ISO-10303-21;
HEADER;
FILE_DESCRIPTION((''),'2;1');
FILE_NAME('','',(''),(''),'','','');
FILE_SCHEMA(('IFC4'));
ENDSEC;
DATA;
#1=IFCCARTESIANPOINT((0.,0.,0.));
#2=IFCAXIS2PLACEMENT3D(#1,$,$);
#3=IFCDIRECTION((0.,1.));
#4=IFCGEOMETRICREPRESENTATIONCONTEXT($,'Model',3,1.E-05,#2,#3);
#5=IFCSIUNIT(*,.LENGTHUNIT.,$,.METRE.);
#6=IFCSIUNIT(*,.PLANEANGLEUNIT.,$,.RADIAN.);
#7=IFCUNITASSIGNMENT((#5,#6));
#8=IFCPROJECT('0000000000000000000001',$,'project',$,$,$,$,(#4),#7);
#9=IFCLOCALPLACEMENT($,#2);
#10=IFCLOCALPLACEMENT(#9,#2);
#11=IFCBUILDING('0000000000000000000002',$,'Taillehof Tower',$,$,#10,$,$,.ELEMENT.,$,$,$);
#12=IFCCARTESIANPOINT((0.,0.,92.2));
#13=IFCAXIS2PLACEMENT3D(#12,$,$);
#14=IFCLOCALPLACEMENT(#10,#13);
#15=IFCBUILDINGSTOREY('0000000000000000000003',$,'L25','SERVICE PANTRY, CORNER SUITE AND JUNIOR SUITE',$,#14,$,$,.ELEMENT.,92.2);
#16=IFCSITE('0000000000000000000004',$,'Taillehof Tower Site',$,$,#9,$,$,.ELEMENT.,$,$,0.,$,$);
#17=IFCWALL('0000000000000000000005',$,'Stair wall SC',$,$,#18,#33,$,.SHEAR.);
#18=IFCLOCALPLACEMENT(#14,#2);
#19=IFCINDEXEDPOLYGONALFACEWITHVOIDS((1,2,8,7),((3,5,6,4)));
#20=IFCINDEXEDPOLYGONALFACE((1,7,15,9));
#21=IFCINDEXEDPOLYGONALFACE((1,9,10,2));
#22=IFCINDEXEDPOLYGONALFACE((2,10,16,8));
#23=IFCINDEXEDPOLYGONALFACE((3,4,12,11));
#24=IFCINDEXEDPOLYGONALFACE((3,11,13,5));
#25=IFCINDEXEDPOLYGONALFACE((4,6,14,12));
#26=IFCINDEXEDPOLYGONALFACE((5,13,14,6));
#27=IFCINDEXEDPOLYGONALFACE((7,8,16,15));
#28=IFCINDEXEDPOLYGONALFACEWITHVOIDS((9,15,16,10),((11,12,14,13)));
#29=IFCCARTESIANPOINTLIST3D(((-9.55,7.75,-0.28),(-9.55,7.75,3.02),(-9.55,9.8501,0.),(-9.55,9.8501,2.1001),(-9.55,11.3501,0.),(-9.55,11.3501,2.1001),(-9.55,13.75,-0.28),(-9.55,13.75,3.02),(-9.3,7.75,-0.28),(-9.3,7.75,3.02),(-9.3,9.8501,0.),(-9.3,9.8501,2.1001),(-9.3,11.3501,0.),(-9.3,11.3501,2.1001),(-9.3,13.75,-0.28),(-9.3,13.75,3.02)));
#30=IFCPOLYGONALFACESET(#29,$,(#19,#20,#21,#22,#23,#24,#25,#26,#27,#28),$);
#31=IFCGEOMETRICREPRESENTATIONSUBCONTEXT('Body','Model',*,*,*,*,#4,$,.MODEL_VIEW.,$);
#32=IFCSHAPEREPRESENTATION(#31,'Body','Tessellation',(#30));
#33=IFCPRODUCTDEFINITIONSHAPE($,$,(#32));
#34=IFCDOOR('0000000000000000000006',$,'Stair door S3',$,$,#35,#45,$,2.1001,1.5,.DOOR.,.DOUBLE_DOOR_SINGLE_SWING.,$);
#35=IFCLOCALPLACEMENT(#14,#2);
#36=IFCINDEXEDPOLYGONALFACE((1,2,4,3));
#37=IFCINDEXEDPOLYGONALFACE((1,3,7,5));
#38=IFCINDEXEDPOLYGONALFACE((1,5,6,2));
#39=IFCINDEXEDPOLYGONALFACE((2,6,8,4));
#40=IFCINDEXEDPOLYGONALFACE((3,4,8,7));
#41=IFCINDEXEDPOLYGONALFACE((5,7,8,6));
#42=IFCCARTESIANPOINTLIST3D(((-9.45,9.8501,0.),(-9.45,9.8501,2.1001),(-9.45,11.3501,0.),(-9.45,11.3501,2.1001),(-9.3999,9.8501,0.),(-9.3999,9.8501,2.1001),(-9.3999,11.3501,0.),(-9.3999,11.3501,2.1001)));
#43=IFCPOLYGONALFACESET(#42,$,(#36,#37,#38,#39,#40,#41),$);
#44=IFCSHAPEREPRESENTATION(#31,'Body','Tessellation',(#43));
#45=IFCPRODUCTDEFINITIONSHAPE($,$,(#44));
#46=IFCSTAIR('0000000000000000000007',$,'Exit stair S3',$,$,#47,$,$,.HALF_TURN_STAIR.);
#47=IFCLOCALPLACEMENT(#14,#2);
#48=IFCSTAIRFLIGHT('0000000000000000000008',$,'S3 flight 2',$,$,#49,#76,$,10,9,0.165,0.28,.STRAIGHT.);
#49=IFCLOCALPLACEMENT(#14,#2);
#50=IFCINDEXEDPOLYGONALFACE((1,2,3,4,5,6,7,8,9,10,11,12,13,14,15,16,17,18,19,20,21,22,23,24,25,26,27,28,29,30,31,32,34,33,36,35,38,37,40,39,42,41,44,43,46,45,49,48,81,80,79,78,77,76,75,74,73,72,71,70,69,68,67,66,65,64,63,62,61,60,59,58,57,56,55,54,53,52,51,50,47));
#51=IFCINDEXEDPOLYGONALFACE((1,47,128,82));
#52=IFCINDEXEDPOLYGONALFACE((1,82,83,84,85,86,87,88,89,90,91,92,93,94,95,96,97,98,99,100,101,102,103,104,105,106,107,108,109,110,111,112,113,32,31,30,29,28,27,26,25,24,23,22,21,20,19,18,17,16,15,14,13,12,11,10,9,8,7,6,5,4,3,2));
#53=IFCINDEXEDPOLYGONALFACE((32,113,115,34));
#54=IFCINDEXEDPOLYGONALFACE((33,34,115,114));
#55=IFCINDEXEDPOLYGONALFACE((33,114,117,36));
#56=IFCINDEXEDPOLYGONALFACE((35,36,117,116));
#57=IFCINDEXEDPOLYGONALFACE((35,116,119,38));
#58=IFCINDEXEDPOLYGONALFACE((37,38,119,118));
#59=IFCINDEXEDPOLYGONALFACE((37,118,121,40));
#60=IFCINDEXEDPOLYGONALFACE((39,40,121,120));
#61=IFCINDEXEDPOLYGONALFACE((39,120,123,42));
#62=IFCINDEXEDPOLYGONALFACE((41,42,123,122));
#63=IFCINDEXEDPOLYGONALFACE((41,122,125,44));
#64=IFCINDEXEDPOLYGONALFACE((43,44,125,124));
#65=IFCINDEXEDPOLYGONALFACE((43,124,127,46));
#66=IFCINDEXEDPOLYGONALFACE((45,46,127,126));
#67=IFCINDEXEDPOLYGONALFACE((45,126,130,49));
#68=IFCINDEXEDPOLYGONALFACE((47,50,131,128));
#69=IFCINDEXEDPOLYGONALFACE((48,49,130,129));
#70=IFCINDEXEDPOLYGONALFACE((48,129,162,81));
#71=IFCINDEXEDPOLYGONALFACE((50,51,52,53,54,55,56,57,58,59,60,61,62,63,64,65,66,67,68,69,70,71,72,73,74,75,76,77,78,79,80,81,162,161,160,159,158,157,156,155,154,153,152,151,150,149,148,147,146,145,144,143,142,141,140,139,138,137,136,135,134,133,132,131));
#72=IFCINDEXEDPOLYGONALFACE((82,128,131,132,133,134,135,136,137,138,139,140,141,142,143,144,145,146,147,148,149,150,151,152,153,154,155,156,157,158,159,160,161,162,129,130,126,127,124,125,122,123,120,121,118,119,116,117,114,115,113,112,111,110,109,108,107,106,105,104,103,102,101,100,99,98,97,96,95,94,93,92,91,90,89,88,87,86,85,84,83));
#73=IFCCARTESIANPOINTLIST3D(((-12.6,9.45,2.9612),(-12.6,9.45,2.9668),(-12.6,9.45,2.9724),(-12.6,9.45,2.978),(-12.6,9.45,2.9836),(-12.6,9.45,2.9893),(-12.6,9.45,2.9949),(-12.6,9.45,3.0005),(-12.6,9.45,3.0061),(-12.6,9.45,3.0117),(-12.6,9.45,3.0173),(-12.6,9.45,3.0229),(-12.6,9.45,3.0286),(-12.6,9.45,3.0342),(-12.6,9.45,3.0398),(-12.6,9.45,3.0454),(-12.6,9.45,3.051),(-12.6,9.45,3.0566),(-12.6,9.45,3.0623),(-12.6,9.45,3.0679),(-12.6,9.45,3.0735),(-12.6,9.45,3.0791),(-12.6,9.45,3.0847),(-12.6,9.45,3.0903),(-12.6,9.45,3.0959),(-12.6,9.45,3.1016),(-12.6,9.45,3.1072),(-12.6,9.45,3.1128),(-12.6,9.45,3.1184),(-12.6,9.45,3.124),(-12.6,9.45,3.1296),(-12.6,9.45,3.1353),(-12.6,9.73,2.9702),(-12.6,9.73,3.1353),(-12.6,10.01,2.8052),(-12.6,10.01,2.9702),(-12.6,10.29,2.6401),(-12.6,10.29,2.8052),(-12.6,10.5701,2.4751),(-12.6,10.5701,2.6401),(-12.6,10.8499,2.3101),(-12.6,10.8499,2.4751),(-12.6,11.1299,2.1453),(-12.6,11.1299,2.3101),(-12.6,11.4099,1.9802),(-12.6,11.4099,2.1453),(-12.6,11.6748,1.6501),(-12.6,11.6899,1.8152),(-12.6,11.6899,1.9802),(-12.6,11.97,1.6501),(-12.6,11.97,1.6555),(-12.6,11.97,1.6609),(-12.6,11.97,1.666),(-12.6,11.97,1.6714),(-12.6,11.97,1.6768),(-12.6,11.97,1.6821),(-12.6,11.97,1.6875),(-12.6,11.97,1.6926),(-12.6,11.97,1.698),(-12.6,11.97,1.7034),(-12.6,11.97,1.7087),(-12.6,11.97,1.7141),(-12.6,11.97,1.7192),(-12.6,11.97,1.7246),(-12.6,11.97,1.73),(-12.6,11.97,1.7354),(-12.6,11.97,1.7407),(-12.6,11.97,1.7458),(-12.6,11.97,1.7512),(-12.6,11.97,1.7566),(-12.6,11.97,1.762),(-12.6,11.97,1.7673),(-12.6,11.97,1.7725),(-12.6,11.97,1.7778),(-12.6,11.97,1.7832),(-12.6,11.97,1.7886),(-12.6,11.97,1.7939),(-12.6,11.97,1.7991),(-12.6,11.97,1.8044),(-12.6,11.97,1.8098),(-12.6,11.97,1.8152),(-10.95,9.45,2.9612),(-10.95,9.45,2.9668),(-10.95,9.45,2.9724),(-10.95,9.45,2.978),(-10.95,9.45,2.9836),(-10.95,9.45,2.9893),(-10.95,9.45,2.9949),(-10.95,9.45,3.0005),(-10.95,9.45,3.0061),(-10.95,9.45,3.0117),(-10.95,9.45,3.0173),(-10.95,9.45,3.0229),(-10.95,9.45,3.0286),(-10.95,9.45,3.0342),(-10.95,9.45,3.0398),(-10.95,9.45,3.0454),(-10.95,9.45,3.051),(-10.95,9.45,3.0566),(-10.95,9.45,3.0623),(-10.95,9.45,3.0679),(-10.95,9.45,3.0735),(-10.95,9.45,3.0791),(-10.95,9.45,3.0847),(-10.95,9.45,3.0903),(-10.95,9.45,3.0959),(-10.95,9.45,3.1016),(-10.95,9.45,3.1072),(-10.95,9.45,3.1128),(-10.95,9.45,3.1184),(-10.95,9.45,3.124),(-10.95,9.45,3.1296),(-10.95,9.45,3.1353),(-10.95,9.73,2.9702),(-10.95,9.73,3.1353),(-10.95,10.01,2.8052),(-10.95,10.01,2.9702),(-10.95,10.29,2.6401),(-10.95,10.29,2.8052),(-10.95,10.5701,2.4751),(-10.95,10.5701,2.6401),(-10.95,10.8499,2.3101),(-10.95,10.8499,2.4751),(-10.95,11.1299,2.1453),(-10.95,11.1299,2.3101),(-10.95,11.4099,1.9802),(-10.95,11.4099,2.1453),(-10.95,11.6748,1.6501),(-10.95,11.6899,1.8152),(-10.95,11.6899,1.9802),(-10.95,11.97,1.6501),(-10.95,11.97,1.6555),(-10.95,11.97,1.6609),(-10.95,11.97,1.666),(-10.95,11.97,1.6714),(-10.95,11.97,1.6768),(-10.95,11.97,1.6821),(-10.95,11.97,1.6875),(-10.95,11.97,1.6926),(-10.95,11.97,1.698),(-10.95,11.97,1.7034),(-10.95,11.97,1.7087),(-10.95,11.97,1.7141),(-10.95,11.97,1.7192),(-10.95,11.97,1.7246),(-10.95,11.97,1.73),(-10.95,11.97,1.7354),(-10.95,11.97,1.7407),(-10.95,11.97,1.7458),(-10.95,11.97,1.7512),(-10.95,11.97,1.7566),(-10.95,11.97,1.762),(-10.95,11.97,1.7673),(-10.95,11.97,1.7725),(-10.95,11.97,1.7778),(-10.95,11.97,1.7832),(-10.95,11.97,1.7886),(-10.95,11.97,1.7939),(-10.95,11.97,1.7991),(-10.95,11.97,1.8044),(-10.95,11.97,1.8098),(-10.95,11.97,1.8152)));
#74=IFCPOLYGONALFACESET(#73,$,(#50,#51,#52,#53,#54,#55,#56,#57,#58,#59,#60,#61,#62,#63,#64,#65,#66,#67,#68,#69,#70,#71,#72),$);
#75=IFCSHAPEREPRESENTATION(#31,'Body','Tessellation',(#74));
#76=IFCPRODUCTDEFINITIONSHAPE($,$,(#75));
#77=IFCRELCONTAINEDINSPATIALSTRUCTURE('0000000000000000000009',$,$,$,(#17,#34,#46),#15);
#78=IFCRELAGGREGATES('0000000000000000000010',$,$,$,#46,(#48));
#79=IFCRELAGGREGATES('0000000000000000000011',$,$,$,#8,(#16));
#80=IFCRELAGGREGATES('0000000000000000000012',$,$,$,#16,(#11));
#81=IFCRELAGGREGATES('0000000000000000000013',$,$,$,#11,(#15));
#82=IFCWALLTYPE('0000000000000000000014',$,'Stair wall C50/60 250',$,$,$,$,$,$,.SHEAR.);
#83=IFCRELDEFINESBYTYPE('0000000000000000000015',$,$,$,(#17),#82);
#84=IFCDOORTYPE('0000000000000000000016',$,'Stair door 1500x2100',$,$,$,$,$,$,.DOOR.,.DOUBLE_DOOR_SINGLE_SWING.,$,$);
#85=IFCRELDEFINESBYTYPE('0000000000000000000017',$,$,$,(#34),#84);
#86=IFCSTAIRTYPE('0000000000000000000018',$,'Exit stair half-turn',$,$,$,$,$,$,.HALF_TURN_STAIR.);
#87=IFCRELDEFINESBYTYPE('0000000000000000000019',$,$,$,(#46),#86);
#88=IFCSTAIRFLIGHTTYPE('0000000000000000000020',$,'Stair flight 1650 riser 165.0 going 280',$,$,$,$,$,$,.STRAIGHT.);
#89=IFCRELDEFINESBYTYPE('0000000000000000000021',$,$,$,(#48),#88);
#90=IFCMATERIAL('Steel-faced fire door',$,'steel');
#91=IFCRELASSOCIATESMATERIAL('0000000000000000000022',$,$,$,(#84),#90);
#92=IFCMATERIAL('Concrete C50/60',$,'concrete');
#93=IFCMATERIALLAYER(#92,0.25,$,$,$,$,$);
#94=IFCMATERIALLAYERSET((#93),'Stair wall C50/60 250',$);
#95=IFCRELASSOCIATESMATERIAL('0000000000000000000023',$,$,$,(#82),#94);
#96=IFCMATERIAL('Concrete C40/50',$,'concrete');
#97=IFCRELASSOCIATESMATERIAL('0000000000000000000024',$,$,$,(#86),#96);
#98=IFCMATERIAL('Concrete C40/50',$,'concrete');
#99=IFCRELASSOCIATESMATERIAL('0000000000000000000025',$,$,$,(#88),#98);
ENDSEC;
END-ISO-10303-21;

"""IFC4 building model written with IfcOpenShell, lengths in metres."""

from ifc_helpers import new_model, si_unit, direction, frame, frame_2d, origin, place, context, subcontext, project, spatial, polyline, rectangle, outline, extrude, material, layer, layer_set, type_object, element, fill, aggregate, save


model = new_model("IFC4")

# Units and contexts
model_context = context("Model", 3, precision=1e-05, world=origin(), true_north=direction((0.0, 1.0)))
body_context = subcontext(model_context, "Body", "Model", "MODEL_VIEW")
ifc_project = project(units=[si_unit("LENGTHUNIT", "METRE"), si_unit("PLANEANGLEUNIT", "RADIAN")], contexts=[model_context])

# Site, building, storey
site_placement = place(None, origin())
site = spatial("IfcSite", under=ifc_project, at=site_placement, Name="Taillehof Tower Site", CompositionType="ELEMENT", RefElevation=0.0)
building_placement = place(site_placement, origin())
building = spatial("IfcBuilding", under=site, at=building_placement, Name="Taillehof Tower", CompositionType="ELEMENT")
storey_placement = place(building_placement, frame((0.0, 0.0, 92.2)))
storey = spatial("IfcBuildingStorey", under=building, at=storey_placement, Name="L25", Description="SERVICE PANTRY, CORNER SUITE AND JUNIOR SUITE", CompositionType="ELEMENT", Elevation=92.2)

# Wall, opening, door
ifc_material_1 = material(Name="Steel-faced fire door", Category="steel")
door_type_1 = type_object("IfcDoorType", Name="Stair door 1500x2100", OperationType="DOUBLE_DOOR_SINGLE_SWING", PredefinedType="DOOR", material=ifc_material_1)
ifc_material_2 = material(Name="Concrete C50/60", Category="concrete")
ifc_layer_1 = layer(ifc_material_2, 0.25)
ifc_layer_set_1 = layer_set([ifc_layer_1], Name="Stair wall C50/60 250")
wall_type_1 = type_object("IfcWallType", Name="Stair wall C50/60 250", PredefinedType="SHEAR", material=ifc_layer_set_1)
wall_1_placement = place(storey_placement, frame((-9.425, 7.75, -0.28), z_axis=(0.0, 0.0, 1.0), x_axis=(0.0, 1.0, 0.0)))
wall_1 = element("IfcWall", 1, at=wall_1_placement, inside=storey, type_object=wall_type_1, Name="Stair wall SC", PredefinedType="SHEAR", context=body_context, shape_type="SweptSolid", body=[
    extrude(rectangle(XDim=6.0, YDim=0.25, at=frame_2d((3.0, 0.0))), origin(), (0.0, 0.0, 1.0), 3.3),
])
opening_1_placement = place(wall_1_placement, frame((2.1001, 0.0, 0.28)))
opening_1 = element("IfcOpeningElement", 2, at=opening_1_placement, cuts=wall_1, PredefinedType="OPENING", context=body_context, shape_type="SweptSolid", body=[
    extrude(rectangle(XDim=1.5, YDim=2.1001, at=frame_2d((0.75, 1.05))), frame((0.0, 0.135, 0.0), z_axis=(0.0, -1.0, 0.0), x_axis=(1.0, 0.0, 0.0)), (0.0, 0.0, 1.0), 0.27),
])
door_1_placement = place(opening_1_placement, origin())
door_1 = element("IfcDoor", 3, at=door_1_placement, inside=storey, type_object=door_type_1, Name="Stair door S3", OperationType="DOUBLE_DOOR_SINGLE_SWING", OverallHeight=2.1001, OverallWidth=1.5, PredefinedType="DOOR", context=body_context, shape_type="SweptSolid", body=[
    extrude(rectangle(XDim=1.5, YDim=2.1001, at=frame_2d((0.75, 1.05))), frame((0.0, 0.0249, 0.0), z_axis=(0.0, -1.0, 0.0), x_axis=(1.0, 0.0, 0.0)), (0.0, 0.0, 1.0), 0.05),
])
fill(opening_1, door_1)

# Stair, stair flight
ifc_material_3 = material(Name="Concrete C40/50", Category="concrete")
stair_type = type_object("IfcStairType", Name="Exit stair half-turn", PredefinedType="HALF_TURN_STAIR", material=ifc_material_3)
stair_placement = place(storey_placement, origin())
stair = element("IfcStair", 4, at=stair_placement, inside=storey, type_object=stair_type, Name="Exit stair S3", PredefinedType="HALF_TURN_STAIR")
ifc_material_4 = material(Name="Concrete C40/50", Category="concrete")
stair_flight_type = type_object("IfcStairFlightType", Name="Stair flight 1650 riser 165.0 going 280", PredefinedType="STRAIGHT", material=ifc_material_4)
stair_flight_placement = place(storey_placement, frame((-11.7749, 11.97, 1.6501), z_axis=(0.0, 0.0, 1.0), x_axis=(0.0, -1.0, 0.0)))
stair_flight = element("IfcStairFlight", 5, at=stair_flight_placement, type_object=stair_flight_type, Name="S3 flight 2", NumberOfRisers=10, NumberOfTreads=9, PredefinedType="STRAIGHT", RiserHeight=0.165, TreadLength=0.28, context=body_context, shape_type="SweptSolid", body=[
    extrude(outline(polyline([(0.0, 0.0), (0.0, 0.0054), (0.0, 0.0107), (0.0, 0.0159), (0.0, 0.0212), (0.0, 0.0266), (0.0, 0.032), (0.0, 0.0374), (0.0, 0.0425), (0.0, 0.0479), (0.0, 0.0532), (0.0, 0.0586), (0.0, 0.064), (0.0, 0.0691), (0.0, 0.0745), (0.0, 0.0798), (0.0, 0.0852), (0.0, 0.0906), (0.0, 0.0957), (0.0, 0.1011), (0.0, 0.1064), (0.0, 0.1118), (0.0, 0.1172), (0.0, 0.1223), (0.0, 0.1277), (0.0, 0.1331), (0.0, 0.1384), (0.0, 0.1438), (0.0, 0.1489), (0.0, 0.1543), (0.0, 0.1597), (0.0, 0.165), (0.28, 0.165), (0.28, 0.3301), (0.5601, 0.3301), (0.5601, 0.4951), (0.8401, 0.4951), (0.8401, 0.6599), (1.1201, 0.6599), (1.1201, 0.825), (1.3999, 0.825), (1.3999, 0.99), (1.6799, 0.99), (1.6799, 1.155), (1.96, 1.155), (1.96, 1.3201), (2.24, 1.3201), (2.24, 1.4851), (2.52, 1.4851), (2.52, 1.4795), (2.52, 1.4739), (2.52, 1.4683), (2.52, 1.4626), (2.52, 1.457), (2.52, 1.4514), (2.52, 1.4458), (2.52, 1.4402), (2.52, 1.4346), (2.52, 1.429), (2.52, 1.4233), (2.52, 1.4177), (2.52, 1.4121), (2.52, 1.4065), (2.52, 1.4009), (2.52, 1.3953), (2.52, 1.3896), (2.52, 1.384), (2.52, 1.3784), (2.52, 1.3728), (2.52, 1.3672), (2.52, 1.3616), (2.52, 1.356), (2.52, 1.3503), (2.52, 1.3447), (2.52, 1.3391), (2.52, 1.3335), (2.52, 1.3279), (2.52, 1.3223), (2.52, 1.3167), (2.52, 1.311), (0.2952, 0.0), (0.0, 0.0)])), frame((0.0, 0.825, 0.0), z_axis=(0.0, -1.0, 0.0), x_axis=(1.0, 0.0, 0.0)), (0.0, 0.0, 1.0), 1.65),
])
aggregate(stair, [stair_flight])

save(model, "model.ifc")
